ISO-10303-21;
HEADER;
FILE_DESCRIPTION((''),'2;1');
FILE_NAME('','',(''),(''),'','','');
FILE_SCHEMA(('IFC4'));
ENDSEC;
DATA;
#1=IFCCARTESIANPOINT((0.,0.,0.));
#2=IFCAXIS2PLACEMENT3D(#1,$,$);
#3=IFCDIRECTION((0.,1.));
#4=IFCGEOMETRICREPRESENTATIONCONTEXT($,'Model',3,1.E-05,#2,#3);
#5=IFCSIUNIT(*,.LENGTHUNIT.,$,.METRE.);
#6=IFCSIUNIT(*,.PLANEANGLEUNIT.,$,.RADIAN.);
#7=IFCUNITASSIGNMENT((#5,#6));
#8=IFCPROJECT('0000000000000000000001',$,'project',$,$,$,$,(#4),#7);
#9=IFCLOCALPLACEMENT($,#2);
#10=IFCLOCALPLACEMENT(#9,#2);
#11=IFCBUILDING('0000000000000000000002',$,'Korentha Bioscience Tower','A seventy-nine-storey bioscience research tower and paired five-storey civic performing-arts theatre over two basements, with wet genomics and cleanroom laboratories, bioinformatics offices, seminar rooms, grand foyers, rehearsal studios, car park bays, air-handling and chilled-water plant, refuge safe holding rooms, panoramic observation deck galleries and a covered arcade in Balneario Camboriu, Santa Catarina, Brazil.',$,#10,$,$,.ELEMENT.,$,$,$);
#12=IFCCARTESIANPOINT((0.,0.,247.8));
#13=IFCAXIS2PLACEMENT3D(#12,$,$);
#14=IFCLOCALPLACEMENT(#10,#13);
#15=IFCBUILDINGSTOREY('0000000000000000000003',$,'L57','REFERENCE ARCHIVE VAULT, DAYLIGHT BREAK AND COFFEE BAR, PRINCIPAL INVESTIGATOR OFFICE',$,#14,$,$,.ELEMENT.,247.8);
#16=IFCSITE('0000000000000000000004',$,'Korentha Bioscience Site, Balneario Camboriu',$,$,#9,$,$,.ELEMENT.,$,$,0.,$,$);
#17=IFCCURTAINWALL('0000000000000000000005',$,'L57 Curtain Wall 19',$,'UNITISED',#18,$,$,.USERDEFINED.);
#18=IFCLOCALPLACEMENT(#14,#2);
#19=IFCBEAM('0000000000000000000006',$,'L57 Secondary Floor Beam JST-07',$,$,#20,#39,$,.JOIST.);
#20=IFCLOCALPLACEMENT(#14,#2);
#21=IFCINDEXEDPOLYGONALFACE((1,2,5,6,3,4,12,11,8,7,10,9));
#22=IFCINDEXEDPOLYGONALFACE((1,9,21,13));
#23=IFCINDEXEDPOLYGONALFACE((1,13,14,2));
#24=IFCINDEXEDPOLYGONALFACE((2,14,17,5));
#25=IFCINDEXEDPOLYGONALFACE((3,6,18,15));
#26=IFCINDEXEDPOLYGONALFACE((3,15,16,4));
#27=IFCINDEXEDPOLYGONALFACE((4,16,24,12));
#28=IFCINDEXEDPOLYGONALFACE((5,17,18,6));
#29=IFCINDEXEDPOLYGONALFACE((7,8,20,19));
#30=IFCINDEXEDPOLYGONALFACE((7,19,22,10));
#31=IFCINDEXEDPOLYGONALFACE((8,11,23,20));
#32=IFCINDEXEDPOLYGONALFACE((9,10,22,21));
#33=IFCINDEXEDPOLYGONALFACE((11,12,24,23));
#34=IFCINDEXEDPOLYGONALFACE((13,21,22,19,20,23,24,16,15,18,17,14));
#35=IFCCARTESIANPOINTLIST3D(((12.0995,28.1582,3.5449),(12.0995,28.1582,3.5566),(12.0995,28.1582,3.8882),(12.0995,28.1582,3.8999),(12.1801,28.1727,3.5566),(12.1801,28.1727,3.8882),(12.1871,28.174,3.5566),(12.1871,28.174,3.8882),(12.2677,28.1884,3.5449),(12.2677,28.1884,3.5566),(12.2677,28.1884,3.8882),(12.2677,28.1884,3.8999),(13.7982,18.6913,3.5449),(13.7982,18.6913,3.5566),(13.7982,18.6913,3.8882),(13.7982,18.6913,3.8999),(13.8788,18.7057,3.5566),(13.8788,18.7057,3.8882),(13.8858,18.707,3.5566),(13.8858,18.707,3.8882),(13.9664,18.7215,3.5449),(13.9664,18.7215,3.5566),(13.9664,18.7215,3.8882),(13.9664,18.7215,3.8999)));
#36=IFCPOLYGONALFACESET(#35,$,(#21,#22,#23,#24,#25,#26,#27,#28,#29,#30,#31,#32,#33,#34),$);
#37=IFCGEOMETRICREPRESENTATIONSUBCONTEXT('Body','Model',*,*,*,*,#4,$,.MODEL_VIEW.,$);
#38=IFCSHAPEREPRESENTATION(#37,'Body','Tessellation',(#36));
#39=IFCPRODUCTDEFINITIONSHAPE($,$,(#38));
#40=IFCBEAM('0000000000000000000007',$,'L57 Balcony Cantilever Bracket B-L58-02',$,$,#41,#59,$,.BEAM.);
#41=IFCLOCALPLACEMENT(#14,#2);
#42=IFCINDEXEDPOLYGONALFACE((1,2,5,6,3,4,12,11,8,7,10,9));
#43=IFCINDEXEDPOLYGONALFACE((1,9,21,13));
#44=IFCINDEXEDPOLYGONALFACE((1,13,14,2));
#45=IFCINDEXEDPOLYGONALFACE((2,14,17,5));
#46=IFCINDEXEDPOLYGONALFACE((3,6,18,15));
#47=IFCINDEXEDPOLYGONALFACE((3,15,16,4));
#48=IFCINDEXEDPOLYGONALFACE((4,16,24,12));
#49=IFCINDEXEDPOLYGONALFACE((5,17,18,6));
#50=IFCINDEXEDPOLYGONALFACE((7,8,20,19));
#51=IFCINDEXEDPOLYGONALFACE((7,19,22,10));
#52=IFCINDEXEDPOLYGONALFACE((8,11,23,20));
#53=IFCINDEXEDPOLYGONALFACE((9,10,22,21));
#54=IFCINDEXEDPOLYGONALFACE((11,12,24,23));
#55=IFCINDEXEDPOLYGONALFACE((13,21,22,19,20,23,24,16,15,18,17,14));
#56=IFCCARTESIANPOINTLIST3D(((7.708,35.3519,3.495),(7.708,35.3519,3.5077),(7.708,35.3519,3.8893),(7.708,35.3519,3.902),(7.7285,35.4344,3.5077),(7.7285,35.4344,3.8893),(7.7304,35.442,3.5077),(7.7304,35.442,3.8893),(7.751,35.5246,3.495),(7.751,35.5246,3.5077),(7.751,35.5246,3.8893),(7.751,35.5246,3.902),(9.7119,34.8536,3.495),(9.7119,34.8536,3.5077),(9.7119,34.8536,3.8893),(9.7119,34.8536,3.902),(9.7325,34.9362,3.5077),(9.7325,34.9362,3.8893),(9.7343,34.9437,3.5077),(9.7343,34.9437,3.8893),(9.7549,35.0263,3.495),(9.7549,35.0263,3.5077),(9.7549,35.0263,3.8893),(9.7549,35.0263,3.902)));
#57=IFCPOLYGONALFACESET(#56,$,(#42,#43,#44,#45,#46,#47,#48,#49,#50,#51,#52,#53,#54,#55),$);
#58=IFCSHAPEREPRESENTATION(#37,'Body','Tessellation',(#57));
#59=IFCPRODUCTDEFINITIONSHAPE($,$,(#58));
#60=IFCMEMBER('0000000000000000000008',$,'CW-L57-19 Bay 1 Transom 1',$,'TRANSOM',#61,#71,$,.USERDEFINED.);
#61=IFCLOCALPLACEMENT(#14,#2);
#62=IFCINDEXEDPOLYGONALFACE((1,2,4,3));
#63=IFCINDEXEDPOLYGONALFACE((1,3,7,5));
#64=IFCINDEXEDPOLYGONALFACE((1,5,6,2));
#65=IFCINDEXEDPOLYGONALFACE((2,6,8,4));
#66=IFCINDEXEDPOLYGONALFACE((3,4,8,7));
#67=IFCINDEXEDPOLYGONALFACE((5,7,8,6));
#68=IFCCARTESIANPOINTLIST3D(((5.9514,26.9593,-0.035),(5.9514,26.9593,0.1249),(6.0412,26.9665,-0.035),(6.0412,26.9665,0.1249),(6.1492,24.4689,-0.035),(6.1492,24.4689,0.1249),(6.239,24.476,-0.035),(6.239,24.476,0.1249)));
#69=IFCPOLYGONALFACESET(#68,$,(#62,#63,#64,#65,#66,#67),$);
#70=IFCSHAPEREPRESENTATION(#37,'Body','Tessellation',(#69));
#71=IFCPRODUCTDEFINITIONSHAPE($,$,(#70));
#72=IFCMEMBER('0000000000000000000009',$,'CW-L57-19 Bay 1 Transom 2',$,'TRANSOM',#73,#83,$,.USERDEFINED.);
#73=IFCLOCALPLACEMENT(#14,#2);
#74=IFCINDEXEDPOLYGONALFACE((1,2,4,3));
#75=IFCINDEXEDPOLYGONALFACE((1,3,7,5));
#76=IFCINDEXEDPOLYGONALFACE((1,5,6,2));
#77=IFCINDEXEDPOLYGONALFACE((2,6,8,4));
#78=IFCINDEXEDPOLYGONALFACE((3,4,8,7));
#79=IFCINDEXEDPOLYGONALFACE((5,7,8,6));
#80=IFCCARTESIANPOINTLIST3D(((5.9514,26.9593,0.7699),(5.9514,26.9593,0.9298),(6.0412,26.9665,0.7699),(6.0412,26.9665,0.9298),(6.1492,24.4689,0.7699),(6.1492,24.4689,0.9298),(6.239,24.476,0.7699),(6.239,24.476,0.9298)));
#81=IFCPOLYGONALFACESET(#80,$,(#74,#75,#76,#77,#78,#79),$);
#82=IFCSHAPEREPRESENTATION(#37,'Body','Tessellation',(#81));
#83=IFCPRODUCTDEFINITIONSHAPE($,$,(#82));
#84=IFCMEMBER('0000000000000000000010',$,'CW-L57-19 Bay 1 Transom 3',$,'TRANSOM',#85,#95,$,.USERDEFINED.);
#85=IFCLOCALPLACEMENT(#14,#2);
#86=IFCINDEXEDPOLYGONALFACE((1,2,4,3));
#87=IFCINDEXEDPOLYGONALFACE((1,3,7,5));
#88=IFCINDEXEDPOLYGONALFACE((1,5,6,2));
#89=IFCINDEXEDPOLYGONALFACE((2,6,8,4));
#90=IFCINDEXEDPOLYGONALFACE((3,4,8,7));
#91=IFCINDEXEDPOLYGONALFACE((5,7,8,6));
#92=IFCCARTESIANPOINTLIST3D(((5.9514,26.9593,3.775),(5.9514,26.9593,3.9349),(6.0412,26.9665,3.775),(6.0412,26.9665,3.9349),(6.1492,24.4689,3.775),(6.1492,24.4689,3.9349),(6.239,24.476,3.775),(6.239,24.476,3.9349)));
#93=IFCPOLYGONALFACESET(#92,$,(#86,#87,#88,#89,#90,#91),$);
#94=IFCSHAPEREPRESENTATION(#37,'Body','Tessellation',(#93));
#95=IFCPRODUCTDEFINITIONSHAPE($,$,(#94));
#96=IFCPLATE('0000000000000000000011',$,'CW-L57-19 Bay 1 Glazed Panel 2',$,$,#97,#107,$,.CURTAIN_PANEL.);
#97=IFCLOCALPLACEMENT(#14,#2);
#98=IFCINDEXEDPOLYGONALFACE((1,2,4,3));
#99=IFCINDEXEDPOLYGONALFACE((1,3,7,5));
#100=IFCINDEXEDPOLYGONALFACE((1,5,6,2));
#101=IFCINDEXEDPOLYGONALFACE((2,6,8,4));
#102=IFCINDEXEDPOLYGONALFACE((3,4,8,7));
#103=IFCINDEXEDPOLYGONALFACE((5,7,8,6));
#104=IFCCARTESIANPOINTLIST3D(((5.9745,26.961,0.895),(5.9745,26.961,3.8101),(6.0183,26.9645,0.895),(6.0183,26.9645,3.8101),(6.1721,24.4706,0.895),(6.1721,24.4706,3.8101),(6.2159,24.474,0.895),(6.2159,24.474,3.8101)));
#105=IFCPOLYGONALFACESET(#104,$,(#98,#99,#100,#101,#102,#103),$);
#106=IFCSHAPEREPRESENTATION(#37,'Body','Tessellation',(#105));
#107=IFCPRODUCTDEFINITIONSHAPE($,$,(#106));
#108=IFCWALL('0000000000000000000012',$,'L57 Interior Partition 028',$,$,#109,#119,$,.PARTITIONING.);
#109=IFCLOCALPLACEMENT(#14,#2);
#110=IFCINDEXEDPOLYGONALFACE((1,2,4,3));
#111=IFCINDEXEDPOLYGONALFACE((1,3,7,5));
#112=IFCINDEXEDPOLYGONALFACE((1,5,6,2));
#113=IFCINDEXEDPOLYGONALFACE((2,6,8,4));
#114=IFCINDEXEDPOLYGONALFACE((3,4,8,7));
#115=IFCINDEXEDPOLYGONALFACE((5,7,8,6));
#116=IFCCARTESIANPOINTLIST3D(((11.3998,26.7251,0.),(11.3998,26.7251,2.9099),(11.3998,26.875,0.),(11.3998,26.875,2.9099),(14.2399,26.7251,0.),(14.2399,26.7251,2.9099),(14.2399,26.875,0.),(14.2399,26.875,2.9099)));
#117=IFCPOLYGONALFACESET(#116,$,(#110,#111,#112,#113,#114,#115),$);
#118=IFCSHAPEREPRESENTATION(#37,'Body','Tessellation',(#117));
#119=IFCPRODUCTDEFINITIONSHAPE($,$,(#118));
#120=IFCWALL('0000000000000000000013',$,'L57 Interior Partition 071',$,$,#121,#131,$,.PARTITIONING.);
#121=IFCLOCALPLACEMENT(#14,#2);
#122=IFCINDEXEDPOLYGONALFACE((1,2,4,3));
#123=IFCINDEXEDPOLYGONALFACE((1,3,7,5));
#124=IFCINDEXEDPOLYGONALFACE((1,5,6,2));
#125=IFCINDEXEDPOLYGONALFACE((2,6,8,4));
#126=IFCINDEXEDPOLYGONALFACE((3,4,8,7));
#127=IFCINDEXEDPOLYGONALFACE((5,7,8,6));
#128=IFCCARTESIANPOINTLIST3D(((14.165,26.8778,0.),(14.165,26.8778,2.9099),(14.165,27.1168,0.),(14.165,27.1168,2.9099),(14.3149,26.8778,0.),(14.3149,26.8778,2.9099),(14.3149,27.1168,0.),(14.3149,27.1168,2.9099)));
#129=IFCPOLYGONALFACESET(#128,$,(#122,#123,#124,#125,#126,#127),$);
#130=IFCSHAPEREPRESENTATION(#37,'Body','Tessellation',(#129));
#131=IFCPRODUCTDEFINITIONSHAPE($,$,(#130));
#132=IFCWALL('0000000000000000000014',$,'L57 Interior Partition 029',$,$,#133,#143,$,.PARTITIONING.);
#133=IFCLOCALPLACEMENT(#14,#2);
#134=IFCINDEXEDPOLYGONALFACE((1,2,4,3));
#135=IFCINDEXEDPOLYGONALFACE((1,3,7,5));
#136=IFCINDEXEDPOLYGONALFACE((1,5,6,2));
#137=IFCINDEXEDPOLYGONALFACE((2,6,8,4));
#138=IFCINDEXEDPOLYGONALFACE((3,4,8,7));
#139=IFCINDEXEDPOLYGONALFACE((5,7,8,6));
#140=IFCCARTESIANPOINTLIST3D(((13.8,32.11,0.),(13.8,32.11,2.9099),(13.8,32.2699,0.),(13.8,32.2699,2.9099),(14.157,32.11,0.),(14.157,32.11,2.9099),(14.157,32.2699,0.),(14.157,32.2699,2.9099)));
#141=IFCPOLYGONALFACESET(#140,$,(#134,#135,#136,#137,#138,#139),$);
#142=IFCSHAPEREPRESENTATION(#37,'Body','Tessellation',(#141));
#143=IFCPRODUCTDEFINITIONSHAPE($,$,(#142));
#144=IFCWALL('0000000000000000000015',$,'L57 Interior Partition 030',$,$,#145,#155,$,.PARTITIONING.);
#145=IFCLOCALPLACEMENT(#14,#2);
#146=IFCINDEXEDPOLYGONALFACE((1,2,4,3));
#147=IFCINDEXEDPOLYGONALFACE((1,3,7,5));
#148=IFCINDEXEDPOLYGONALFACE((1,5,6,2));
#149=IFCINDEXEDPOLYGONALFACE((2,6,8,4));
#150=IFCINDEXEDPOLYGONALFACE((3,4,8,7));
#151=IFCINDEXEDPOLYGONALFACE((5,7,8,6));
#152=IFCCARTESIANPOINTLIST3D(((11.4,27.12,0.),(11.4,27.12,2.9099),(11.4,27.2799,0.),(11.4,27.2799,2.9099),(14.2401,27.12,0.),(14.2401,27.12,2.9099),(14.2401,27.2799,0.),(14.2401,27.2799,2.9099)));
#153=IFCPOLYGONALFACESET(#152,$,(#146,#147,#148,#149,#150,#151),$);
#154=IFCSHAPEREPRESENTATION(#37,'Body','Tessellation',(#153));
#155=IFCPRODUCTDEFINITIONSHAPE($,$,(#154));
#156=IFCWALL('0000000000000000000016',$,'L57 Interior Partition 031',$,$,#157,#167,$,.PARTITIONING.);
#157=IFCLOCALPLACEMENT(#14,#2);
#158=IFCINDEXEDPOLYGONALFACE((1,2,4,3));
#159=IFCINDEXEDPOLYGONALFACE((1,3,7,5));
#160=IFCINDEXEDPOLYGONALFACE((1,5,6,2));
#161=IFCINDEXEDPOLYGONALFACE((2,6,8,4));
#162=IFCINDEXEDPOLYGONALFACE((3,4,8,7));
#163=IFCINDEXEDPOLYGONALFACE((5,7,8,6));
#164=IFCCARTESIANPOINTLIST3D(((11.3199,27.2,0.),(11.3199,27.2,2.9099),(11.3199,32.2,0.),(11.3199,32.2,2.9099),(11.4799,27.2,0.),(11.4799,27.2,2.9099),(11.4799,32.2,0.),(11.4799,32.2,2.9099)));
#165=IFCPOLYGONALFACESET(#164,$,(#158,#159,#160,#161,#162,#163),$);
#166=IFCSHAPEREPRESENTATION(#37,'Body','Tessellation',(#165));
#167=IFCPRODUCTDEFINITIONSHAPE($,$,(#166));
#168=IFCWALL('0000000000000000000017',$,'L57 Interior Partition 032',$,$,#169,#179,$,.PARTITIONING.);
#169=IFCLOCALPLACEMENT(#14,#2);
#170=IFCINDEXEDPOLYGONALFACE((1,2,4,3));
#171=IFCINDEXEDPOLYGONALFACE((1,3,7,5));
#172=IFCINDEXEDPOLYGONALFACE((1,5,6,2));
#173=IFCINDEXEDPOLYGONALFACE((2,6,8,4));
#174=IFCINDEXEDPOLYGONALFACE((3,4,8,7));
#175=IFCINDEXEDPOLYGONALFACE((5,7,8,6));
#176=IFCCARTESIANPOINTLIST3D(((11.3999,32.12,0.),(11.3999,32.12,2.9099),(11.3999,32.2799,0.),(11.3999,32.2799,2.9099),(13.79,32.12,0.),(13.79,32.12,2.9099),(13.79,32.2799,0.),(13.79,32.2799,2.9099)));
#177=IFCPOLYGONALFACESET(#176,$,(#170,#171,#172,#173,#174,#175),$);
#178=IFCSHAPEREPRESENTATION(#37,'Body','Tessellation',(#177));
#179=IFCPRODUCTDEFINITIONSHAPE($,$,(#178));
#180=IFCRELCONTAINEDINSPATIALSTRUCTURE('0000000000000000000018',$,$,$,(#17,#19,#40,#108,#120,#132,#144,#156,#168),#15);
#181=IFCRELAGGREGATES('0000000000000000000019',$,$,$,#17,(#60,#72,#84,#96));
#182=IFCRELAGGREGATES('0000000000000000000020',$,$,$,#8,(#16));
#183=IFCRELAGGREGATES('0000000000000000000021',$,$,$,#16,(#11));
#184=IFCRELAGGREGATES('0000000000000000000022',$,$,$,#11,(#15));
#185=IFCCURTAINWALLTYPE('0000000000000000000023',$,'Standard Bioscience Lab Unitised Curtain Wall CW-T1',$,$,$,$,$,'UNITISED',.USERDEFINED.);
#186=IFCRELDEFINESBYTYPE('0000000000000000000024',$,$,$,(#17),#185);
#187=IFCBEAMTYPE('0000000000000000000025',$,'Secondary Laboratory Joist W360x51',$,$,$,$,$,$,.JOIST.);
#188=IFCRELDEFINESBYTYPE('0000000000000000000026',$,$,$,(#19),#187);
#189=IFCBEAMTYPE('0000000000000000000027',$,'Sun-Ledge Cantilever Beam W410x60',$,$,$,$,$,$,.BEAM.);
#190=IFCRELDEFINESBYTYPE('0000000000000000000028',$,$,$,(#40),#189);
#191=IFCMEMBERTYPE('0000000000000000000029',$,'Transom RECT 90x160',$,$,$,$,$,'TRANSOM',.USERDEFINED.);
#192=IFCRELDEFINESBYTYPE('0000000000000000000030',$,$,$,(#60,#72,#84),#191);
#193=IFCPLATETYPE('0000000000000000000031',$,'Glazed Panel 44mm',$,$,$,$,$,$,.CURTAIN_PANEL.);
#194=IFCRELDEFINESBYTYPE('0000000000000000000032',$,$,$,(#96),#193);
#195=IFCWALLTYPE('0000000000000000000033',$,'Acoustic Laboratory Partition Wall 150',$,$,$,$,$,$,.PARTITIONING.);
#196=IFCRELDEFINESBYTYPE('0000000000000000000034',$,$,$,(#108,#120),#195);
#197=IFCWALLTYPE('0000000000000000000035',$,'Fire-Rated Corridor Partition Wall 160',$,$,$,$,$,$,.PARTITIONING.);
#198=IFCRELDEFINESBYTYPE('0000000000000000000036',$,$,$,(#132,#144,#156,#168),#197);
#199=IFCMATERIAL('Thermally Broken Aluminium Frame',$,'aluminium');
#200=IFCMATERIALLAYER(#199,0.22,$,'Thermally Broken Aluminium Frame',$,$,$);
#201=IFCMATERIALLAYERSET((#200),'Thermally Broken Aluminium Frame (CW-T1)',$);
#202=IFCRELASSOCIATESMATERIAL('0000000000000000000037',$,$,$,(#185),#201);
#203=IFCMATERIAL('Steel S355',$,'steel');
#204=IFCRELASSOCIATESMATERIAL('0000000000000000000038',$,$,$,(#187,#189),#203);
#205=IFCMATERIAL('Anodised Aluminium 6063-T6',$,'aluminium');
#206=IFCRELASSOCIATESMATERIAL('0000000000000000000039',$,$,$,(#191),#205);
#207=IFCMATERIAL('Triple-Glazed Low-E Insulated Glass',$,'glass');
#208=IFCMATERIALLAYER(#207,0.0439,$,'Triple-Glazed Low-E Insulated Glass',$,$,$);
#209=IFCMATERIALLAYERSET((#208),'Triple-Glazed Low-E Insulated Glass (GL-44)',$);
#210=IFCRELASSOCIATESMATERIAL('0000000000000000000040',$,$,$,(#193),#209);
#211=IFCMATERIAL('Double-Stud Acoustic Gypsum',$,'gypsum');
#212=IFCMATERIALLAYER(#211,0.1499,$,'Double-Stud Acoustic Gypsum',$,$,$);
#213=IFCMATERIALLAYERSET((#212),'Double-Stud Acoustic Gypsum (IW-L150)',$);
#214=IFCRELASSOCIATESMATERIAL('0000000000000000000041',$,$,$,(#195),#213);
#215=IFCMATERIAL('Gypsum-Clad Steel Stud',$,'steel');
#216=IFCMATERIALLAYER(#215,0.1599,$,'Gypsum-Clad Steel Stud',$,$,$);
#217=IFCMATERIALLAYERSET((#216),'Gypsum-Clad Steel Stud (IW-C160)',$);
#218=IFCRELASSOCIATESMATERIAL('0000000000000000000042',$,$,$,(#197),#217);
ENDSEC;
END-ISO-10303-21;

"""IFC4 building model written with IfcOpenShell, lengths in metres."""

from ifc_helpers import new_model, si_unit, direction, frame, frame_2d, origin, origin_2d, place, context, subcontext, project, spatial, rectangle, i_section, extrude, material, layer, layer_set, material_profile, profile_set, type_object, element, aggregate, save


model = new_model("IFC4")

# Units and contexts
model_context = context("Model", 3, precision=1e-05, world=origin(), true_north=direction((0.0, 1.0)))
body_context = subcontext(model_context, "Body", "Model", "MODEL_VIEW")
ifc_project = project(units=[si_unit("LENGTHUNIT", "METRE"), si_unit("PLANEANGLEUNIT", "RADIAN")], contexts=[model_context])

# Site, building, storey
site_placement = place(None, origin())
site = spatial("IfcSite", under=ifc_project, at=site_placement, Name="Korentha Bioscience Site, Balneario Camboriu", CompositionType="ELEMENT", RefElevation=0.0)
building_placement = place(site_placement, origin())
building = spatial("IfcBuilding", under=site, at=building_placement, Name="Korentha Bioscience Tower", Description="A seventy-nine-storey bioscience research tower and paired five-storey civic performing-arts theatre over two basements, with wet genomics and cleanroom laboratories, bioinformatics offices, seminar rooms, grand foyers, rehearsal studios, car park bays, air-handling and chilled-water plant, refuge safe holding rooms, panoramic observation deck galleries and a covered arcade in Balneario Camboriu, Santa Catarina, Brazil.", CompositionType="ELEMENT")
storey_placement = place(building_placement, frame((0.0, 0.0, 247.8)))
storey = spatial("IfcBuildingStorey", under=building, at=storey_placement, Name="L57", Description="REFERENCE ARCHIVE VAULT, DAYLIGHT BREAK AND COFFEE BAR, PRINCIPAL INVESTIGATOR OFFICE", CompositionType="ELEMENT", Elevation=247.8)

# Shared definitions
ifc_material_1 = material(Name="Steel S355", Category="steel")

# Curtain wall
ifc_material_2 = material(Name="Thermally Broken Aluminium Frame", Category="aluminium")
ifc_layer_1 = layer(ifc_material_2, 0.22, Name="Thermally Broken Aluminium Frame")
ifc_layer_set_1 = layer_set([ifc_layer_1], Name="Thermally Broken Aluminium Frame (CW-T1)")
curtain_wall_type = type_object("IfcCurtainWallType", Name="Standard Bioscience Lab Unitised Curtain Wall CW-T1", ElementType="UNITISED", PredefinedType="USERDEFINED", material=ifc_layer_set_1)
curtain_wall_placement = place(storey_placement, origin())
curtain_wall = element("IfcCurtainWall", 1, at=curtain_wall_placement, inside=storey, type_object=curtain_wall_type, Name="L57 Curtain Wall 19", ObjectType="UNITISED", PredefinedType="USERDEFINED")
ifc_material_3 = material(Name="Anodised Aluminium 6063-T6", Category="aluminium")

# Beams
ifc_material_profile_1 = material_profile(ifc_material_1, i_section(OverallWidth=0.1709, OverallDepth=0.355, WebThickness=0.0071, FlangeThickness=0.0117, at=origin_2d()), Name="Steel S355")
ifc_profile_set_1 = profile_set([ifc_material_profile_1], Name="Steel S355 (JB-360)")
beam_type_1 = type_object("IfcBeamType", Name="Secondary Laboratory Joist W360x51", PredefinedType="JOIST", material=ifc_profile_set_1)
beam_1_placement = place(storey_placement, frame((12.1836, 28.1733, 3.7224), z_axis=(0.176616, -0.98428, 0.0), x_axis=(0.98428, 0.176616, 0.0)))
element("IfcBeam", 2, at=beam_1_placement, inside=storey, type_object=beam_type_1, Name="L57 Secondary Floor Beam JST-07", PredefinedType="JOIST", context=body_context, shape_type="SweptSolid", body=[
    extrude(i_section(OverallWidth=0.1709, OverallDepth=0.355, WebThickness=0.0071, FlangeThickness=0.0117, at=origin_2d()), origin(), (0.0, 0.0, 1.0), 9.6182),
])
ifc_material_profile_2 = material_profile(ifc_material_1, i_section(OverallWidth=0.178, OverallDepth=0.407, WebThickness=0.0078, FlangeThickness=0.0127, at=origin_2d()), Name="Steel S355")
ifc_profile_set_2 = profile_set([ifc_material_profile_2], Name="Steel S355 (CB-410)")
beam_type_2 = type_object("IfcBeamType", Name="Sun-Ledge Cantilever Beam W410x60", PredefinedType="BEAM", material=ifc_profile_set_2)
beam_2_placement = place(storey_placement, frame((9.7334, 34.9399, 3.6985), z_axis=(-0.970448, 0.241311, 0.0), x_axis=(-0.241311, -0.970448, 0.0)))
element("IfcBeam", 3, at=beam_2_placement, inside=storey, type_object=beam_type_2, Name="L57 Balcony Cantilever Bracket B-L58-02", PredefinedType="BEAM", context=body_context, shape_type="SweptSolid", body=[
    extrude(i_section(OverallWidth=0.178, OverallDepth=0.407, WebThickness=0.0078, FlangeThickness=0.0127, at=origin_2d()), origin(), (0.0, 0.0, 1.0), 2.0649),
])

# Members
ifc_material_profile_3 = material_profile(ifc_material_3, rectangle(XDim=0.0901, YDim=0.1599, at=origin_2d()), Name="Anodised Aluminium 6063-T6")
ifc_profile_set_3 = profile_set([ifc_material_profile_3], Name="Anodised Aluminium 6063-T6 (CW-TRN)")
member_type_1 = type_object("IfcMemberType", Name="Transom RECT 90x160", ElementType="TRANSOM", PredefinedType="USERDEFINED", material=ifc_profile_set_3)
member_1_placement = place(storey_placement, frame((5.9963, 26.9629, 0.0449), z_axis=(0.079155, -0.996862, 0.0), x_axis=(0.996862, 0.079155, 0.0)))
member_1 = element("IfcMember", 4, at=member_1_placement, type_object=member_type_1, Name="CW-L57-19 Bay 1 Transom 1", ObjectType="TRANSOM", PredefinedType="USERDEFINED", context=body_context, shape_type="SweptSolid", body=[
    extrude(rectangle(XDim=0.0901, YDim=0.1599, at=origin_2d()), origin(), (0.0, 0.0, 1.0), 2.4983),
])
member_2_placement = place(storey_placement, frame((5.9963, 26.9629, 0.8499), z_axis=(0.079155, -0.996862, 0.0), x_axis=(0.996862, 0.079155, 0.0)))
member_2 = element("IfcMember", 5, at=member_2_placement, type_object=member_type_1, Name="CW-L57-19 Bay 1 Transom 2", ObjectType="TRANSOM", PredefinedType="USERDEFINED", context=body_context, shape_type="SweptSolid", body=[
    extrude(rectangle(XDim=0.0901, YDim=0.1599, at=origin_2d()), origin(), (0.0, 0.0, 1.0), 2.4983),
])
member_3_placement = place(storey_placement, frame((5.9963, 26.9629, 3.855), z_axis=(0.079155, -0.996862, 0.0), x_axis=(0.996862, 0.079155, 0.0)))
member_3 = element("IfcMember", 6, at=member_3_placement, type_object=member_type_1, Name="CW-L57-19 Bay 1 Transom 3", ObjectType="TRANSOM", PredefinedType="USERDEFINED", context=body_context, shape_type="SweptSolid", body=[
    extrude(rectangle(XDim=0.0901, YDim=0.1599, at=origin_2d()), origin(), (0.0, 0.0, 1.0), 2.4983),
])

# Plate
ifc_material_4 = material(Name="Triple-Glazed Low-E Insulated Glass", Category="glass")
ifc_layer_2 = layer(ifc_material_4, 0.0439, Name="Triple-Glazed Low-E Insulated Glass")
ifc_layer_set_2 = layer_set([ifc_layer_2], Name="Triple-Glazed Low-E Insulated Glass (GL-44)")
plate_type = type_object("IfcPlateType", Name="Glazed Panel 44mm", PredefinedType="CURTAIN_PANEL", material=ifc_layer_set_2)
plate_placement = place(storey_placement, frame((6.0952, 25.7175, 0.895), z_axis=(0.0, 0.0, 1.0), x_axis=(0.079117, -0.996865, 0.0)))
plate = element("IfcPlate", 7, at=plate_placement, type_object=plate_type, Name="CW-L57-19 Bay 1 Glazed Panel 2", PredefinedType="CURTAIN_PANEL", context=body_context, shape_type="SweptSolid", body=[
    extrude(rectangle(XDim=2.4983, YDim=0.0439, at=origin_2d()), origin(), (0.0, 0.0, 1.0), 2.915),
])
aggregate(curtain_wall, [member_1, member_2, member_3, plate])

# Shared definitions
ifc_material_5 = material(Name="Double-Stud Acoustic Gypsum", Category="gypsum")
ifc_layer_3 = layer(ifc_material_5, 0.1499, Name="Double-Stud Acoustic Gypsum")
ifc_layer_set_3 = layer_set([ifc_layer_3], Name="Double-Stud Acoustic Gypsum (IW-L150)")
wall_type_1 = type_object("IfcWallType", Name="Acoustic Laboratory Partition Wall 150", PredefinedType="PARTITIONING", material=ifc_layer_set_3)

# Walls
wall_1_placement = place(storey_placement, frame((11.3999, 26.8, 0.0), z_axis=(0.0, 0.0, 1.0), x_axis=(1.0, 0.0, 0.0)))
element("IfcWall", 8, at=wall_1_placement, inside=storey, type_object=wall_type_1, Name="L57 Interior Partition 028", PredefinedType="PARTITIONING", context=body_context, shape_type="SweptSolid", body=[
    extrude(rectangle(XDim=2.8401, YDim=0.1499, at=frame_2d((1.4199, 0.0))), origin(), (0.0, 0.0, 1.0), 2.9099),
])
wall_2_placement = place(storey_placement, frame((14.24, 27.1169, 0.0), z_axis=(0.0, 0.0, 1.0), x_axis=(0.0, -1.0, 0.0)))
element("IfcWall", 9, at=wall_2_placement, inside=storey, type_object=wall_type_1, Name="L57 Interior Partition 071", PredefinedType="PARTITIONING", context=body_context, shape_type="SweptSolid", body=[
    extrude(rectangle(XDim=0.239, YDim=0.1499, at=frame_2d((0.1196, 0.0))), origin(), (0.0, 0.0, 1.0), 2.9099),
])

# Shared definitions
ifc_material_6 = material(Name="Gypsum-Clad Steel Stud", Category="steel")
ifc_layer_4 = layer(ifc_material_6, 0.1599, Name="Gypsum-Clad Steel Stud")
ifc_layer_set_4 = layer_set([ifc_layer_4], Name="Gypsum-Clad Steel Stud (IW-C160)")
wall_type_2 = type_object("IfcWallType", Name="Fire-Rated Corridor Partition Wall 160", PredefinedType="PARTITIONING", material=ifc_layer_set_4)

# Walls
wall_3_placement = place(storey_placement, frame((13.8, 32.1899, 0.0), z_axis=(0.0, 0.0, 1.0), x_axis=(1.0, 0.0, 0.0)))
element("IfcWall", 10, at=wall_3_placement, inside=storey, type_object=wall_type_2, Name="L57 Interior Partition 029", PredefinedType="PARTITIONING", context=body_context, shape_type="SweptSolid", body=[
    extrude(rectangle(XDim=0.3569, YDim=0.1599, at=frame_2d((0.1785, 0.0))), origin(), (0.0, 0.0, 1.0), 2.9099),
])
wall_4_placement = place(storey_placement, frame((14.24, 27.2, 0.0), z_axis=(0.0, 0.0, 1.0), x_axis=(-1.0, 0.0, 0.0)))
element("IfcWall", 11, at=wall_4_placement, inside=storey, type_object=wall_type_2, Name="L57 Interior Partition 030", PredefinedType="PARTITIONING", context=body_context, shape_type="SweptSolid", body=[
    extrude(rectangle(XDim=2.8401, YDim=0.1599, at=frame_2d((1.4199, 0.0))), origin(), (0.0, 0.0, 1.0), 2.9099),
])
wall_5_placement = place(storey_placement, frame((11.3999, 27.2, 0.0), z_axis=(0.0, 0.0, 1.0), x_axis=(0.0, 1.0, 0.0)))
element("IfcWall", 12, at=wall_5_placement, inside=storey, type_object=wall_type_2, Name="L57 Interior Partition 031", PredefinedType="PARTITIONING", context=body_context, shape_type="SweptSolid", body=[
    extrude(rectangle(XDim=5.0, YDim=0.1599, at=frame_2d((2.5, 0.0))), origin(), (0.0, 0.0, 1.0), 2.9099),
])
wall_6_placement = place(storey_placement, frame((11.3999, 32.2, 0.0), z_axis=(0.0, 0.0, 1.0), x_axis=(1.0, 0.0, 0.0)))
element("IfcWall", 13, at=wall_6_placement, inside=storey, type_object=wall_type_2, Name="L57 Interior Partition 032", PredefinedType="PARTITIONING", context=body_context, shape_type="SweptSolid", body=[
    extrude(rectangle(XDim=2.3901, YDim=0.1599, at=frame_2d((1.1951, 0.0))), origin(), (0.0, 0.0, 1.0), 2.9099),
])

save(model, "model.ifc")
